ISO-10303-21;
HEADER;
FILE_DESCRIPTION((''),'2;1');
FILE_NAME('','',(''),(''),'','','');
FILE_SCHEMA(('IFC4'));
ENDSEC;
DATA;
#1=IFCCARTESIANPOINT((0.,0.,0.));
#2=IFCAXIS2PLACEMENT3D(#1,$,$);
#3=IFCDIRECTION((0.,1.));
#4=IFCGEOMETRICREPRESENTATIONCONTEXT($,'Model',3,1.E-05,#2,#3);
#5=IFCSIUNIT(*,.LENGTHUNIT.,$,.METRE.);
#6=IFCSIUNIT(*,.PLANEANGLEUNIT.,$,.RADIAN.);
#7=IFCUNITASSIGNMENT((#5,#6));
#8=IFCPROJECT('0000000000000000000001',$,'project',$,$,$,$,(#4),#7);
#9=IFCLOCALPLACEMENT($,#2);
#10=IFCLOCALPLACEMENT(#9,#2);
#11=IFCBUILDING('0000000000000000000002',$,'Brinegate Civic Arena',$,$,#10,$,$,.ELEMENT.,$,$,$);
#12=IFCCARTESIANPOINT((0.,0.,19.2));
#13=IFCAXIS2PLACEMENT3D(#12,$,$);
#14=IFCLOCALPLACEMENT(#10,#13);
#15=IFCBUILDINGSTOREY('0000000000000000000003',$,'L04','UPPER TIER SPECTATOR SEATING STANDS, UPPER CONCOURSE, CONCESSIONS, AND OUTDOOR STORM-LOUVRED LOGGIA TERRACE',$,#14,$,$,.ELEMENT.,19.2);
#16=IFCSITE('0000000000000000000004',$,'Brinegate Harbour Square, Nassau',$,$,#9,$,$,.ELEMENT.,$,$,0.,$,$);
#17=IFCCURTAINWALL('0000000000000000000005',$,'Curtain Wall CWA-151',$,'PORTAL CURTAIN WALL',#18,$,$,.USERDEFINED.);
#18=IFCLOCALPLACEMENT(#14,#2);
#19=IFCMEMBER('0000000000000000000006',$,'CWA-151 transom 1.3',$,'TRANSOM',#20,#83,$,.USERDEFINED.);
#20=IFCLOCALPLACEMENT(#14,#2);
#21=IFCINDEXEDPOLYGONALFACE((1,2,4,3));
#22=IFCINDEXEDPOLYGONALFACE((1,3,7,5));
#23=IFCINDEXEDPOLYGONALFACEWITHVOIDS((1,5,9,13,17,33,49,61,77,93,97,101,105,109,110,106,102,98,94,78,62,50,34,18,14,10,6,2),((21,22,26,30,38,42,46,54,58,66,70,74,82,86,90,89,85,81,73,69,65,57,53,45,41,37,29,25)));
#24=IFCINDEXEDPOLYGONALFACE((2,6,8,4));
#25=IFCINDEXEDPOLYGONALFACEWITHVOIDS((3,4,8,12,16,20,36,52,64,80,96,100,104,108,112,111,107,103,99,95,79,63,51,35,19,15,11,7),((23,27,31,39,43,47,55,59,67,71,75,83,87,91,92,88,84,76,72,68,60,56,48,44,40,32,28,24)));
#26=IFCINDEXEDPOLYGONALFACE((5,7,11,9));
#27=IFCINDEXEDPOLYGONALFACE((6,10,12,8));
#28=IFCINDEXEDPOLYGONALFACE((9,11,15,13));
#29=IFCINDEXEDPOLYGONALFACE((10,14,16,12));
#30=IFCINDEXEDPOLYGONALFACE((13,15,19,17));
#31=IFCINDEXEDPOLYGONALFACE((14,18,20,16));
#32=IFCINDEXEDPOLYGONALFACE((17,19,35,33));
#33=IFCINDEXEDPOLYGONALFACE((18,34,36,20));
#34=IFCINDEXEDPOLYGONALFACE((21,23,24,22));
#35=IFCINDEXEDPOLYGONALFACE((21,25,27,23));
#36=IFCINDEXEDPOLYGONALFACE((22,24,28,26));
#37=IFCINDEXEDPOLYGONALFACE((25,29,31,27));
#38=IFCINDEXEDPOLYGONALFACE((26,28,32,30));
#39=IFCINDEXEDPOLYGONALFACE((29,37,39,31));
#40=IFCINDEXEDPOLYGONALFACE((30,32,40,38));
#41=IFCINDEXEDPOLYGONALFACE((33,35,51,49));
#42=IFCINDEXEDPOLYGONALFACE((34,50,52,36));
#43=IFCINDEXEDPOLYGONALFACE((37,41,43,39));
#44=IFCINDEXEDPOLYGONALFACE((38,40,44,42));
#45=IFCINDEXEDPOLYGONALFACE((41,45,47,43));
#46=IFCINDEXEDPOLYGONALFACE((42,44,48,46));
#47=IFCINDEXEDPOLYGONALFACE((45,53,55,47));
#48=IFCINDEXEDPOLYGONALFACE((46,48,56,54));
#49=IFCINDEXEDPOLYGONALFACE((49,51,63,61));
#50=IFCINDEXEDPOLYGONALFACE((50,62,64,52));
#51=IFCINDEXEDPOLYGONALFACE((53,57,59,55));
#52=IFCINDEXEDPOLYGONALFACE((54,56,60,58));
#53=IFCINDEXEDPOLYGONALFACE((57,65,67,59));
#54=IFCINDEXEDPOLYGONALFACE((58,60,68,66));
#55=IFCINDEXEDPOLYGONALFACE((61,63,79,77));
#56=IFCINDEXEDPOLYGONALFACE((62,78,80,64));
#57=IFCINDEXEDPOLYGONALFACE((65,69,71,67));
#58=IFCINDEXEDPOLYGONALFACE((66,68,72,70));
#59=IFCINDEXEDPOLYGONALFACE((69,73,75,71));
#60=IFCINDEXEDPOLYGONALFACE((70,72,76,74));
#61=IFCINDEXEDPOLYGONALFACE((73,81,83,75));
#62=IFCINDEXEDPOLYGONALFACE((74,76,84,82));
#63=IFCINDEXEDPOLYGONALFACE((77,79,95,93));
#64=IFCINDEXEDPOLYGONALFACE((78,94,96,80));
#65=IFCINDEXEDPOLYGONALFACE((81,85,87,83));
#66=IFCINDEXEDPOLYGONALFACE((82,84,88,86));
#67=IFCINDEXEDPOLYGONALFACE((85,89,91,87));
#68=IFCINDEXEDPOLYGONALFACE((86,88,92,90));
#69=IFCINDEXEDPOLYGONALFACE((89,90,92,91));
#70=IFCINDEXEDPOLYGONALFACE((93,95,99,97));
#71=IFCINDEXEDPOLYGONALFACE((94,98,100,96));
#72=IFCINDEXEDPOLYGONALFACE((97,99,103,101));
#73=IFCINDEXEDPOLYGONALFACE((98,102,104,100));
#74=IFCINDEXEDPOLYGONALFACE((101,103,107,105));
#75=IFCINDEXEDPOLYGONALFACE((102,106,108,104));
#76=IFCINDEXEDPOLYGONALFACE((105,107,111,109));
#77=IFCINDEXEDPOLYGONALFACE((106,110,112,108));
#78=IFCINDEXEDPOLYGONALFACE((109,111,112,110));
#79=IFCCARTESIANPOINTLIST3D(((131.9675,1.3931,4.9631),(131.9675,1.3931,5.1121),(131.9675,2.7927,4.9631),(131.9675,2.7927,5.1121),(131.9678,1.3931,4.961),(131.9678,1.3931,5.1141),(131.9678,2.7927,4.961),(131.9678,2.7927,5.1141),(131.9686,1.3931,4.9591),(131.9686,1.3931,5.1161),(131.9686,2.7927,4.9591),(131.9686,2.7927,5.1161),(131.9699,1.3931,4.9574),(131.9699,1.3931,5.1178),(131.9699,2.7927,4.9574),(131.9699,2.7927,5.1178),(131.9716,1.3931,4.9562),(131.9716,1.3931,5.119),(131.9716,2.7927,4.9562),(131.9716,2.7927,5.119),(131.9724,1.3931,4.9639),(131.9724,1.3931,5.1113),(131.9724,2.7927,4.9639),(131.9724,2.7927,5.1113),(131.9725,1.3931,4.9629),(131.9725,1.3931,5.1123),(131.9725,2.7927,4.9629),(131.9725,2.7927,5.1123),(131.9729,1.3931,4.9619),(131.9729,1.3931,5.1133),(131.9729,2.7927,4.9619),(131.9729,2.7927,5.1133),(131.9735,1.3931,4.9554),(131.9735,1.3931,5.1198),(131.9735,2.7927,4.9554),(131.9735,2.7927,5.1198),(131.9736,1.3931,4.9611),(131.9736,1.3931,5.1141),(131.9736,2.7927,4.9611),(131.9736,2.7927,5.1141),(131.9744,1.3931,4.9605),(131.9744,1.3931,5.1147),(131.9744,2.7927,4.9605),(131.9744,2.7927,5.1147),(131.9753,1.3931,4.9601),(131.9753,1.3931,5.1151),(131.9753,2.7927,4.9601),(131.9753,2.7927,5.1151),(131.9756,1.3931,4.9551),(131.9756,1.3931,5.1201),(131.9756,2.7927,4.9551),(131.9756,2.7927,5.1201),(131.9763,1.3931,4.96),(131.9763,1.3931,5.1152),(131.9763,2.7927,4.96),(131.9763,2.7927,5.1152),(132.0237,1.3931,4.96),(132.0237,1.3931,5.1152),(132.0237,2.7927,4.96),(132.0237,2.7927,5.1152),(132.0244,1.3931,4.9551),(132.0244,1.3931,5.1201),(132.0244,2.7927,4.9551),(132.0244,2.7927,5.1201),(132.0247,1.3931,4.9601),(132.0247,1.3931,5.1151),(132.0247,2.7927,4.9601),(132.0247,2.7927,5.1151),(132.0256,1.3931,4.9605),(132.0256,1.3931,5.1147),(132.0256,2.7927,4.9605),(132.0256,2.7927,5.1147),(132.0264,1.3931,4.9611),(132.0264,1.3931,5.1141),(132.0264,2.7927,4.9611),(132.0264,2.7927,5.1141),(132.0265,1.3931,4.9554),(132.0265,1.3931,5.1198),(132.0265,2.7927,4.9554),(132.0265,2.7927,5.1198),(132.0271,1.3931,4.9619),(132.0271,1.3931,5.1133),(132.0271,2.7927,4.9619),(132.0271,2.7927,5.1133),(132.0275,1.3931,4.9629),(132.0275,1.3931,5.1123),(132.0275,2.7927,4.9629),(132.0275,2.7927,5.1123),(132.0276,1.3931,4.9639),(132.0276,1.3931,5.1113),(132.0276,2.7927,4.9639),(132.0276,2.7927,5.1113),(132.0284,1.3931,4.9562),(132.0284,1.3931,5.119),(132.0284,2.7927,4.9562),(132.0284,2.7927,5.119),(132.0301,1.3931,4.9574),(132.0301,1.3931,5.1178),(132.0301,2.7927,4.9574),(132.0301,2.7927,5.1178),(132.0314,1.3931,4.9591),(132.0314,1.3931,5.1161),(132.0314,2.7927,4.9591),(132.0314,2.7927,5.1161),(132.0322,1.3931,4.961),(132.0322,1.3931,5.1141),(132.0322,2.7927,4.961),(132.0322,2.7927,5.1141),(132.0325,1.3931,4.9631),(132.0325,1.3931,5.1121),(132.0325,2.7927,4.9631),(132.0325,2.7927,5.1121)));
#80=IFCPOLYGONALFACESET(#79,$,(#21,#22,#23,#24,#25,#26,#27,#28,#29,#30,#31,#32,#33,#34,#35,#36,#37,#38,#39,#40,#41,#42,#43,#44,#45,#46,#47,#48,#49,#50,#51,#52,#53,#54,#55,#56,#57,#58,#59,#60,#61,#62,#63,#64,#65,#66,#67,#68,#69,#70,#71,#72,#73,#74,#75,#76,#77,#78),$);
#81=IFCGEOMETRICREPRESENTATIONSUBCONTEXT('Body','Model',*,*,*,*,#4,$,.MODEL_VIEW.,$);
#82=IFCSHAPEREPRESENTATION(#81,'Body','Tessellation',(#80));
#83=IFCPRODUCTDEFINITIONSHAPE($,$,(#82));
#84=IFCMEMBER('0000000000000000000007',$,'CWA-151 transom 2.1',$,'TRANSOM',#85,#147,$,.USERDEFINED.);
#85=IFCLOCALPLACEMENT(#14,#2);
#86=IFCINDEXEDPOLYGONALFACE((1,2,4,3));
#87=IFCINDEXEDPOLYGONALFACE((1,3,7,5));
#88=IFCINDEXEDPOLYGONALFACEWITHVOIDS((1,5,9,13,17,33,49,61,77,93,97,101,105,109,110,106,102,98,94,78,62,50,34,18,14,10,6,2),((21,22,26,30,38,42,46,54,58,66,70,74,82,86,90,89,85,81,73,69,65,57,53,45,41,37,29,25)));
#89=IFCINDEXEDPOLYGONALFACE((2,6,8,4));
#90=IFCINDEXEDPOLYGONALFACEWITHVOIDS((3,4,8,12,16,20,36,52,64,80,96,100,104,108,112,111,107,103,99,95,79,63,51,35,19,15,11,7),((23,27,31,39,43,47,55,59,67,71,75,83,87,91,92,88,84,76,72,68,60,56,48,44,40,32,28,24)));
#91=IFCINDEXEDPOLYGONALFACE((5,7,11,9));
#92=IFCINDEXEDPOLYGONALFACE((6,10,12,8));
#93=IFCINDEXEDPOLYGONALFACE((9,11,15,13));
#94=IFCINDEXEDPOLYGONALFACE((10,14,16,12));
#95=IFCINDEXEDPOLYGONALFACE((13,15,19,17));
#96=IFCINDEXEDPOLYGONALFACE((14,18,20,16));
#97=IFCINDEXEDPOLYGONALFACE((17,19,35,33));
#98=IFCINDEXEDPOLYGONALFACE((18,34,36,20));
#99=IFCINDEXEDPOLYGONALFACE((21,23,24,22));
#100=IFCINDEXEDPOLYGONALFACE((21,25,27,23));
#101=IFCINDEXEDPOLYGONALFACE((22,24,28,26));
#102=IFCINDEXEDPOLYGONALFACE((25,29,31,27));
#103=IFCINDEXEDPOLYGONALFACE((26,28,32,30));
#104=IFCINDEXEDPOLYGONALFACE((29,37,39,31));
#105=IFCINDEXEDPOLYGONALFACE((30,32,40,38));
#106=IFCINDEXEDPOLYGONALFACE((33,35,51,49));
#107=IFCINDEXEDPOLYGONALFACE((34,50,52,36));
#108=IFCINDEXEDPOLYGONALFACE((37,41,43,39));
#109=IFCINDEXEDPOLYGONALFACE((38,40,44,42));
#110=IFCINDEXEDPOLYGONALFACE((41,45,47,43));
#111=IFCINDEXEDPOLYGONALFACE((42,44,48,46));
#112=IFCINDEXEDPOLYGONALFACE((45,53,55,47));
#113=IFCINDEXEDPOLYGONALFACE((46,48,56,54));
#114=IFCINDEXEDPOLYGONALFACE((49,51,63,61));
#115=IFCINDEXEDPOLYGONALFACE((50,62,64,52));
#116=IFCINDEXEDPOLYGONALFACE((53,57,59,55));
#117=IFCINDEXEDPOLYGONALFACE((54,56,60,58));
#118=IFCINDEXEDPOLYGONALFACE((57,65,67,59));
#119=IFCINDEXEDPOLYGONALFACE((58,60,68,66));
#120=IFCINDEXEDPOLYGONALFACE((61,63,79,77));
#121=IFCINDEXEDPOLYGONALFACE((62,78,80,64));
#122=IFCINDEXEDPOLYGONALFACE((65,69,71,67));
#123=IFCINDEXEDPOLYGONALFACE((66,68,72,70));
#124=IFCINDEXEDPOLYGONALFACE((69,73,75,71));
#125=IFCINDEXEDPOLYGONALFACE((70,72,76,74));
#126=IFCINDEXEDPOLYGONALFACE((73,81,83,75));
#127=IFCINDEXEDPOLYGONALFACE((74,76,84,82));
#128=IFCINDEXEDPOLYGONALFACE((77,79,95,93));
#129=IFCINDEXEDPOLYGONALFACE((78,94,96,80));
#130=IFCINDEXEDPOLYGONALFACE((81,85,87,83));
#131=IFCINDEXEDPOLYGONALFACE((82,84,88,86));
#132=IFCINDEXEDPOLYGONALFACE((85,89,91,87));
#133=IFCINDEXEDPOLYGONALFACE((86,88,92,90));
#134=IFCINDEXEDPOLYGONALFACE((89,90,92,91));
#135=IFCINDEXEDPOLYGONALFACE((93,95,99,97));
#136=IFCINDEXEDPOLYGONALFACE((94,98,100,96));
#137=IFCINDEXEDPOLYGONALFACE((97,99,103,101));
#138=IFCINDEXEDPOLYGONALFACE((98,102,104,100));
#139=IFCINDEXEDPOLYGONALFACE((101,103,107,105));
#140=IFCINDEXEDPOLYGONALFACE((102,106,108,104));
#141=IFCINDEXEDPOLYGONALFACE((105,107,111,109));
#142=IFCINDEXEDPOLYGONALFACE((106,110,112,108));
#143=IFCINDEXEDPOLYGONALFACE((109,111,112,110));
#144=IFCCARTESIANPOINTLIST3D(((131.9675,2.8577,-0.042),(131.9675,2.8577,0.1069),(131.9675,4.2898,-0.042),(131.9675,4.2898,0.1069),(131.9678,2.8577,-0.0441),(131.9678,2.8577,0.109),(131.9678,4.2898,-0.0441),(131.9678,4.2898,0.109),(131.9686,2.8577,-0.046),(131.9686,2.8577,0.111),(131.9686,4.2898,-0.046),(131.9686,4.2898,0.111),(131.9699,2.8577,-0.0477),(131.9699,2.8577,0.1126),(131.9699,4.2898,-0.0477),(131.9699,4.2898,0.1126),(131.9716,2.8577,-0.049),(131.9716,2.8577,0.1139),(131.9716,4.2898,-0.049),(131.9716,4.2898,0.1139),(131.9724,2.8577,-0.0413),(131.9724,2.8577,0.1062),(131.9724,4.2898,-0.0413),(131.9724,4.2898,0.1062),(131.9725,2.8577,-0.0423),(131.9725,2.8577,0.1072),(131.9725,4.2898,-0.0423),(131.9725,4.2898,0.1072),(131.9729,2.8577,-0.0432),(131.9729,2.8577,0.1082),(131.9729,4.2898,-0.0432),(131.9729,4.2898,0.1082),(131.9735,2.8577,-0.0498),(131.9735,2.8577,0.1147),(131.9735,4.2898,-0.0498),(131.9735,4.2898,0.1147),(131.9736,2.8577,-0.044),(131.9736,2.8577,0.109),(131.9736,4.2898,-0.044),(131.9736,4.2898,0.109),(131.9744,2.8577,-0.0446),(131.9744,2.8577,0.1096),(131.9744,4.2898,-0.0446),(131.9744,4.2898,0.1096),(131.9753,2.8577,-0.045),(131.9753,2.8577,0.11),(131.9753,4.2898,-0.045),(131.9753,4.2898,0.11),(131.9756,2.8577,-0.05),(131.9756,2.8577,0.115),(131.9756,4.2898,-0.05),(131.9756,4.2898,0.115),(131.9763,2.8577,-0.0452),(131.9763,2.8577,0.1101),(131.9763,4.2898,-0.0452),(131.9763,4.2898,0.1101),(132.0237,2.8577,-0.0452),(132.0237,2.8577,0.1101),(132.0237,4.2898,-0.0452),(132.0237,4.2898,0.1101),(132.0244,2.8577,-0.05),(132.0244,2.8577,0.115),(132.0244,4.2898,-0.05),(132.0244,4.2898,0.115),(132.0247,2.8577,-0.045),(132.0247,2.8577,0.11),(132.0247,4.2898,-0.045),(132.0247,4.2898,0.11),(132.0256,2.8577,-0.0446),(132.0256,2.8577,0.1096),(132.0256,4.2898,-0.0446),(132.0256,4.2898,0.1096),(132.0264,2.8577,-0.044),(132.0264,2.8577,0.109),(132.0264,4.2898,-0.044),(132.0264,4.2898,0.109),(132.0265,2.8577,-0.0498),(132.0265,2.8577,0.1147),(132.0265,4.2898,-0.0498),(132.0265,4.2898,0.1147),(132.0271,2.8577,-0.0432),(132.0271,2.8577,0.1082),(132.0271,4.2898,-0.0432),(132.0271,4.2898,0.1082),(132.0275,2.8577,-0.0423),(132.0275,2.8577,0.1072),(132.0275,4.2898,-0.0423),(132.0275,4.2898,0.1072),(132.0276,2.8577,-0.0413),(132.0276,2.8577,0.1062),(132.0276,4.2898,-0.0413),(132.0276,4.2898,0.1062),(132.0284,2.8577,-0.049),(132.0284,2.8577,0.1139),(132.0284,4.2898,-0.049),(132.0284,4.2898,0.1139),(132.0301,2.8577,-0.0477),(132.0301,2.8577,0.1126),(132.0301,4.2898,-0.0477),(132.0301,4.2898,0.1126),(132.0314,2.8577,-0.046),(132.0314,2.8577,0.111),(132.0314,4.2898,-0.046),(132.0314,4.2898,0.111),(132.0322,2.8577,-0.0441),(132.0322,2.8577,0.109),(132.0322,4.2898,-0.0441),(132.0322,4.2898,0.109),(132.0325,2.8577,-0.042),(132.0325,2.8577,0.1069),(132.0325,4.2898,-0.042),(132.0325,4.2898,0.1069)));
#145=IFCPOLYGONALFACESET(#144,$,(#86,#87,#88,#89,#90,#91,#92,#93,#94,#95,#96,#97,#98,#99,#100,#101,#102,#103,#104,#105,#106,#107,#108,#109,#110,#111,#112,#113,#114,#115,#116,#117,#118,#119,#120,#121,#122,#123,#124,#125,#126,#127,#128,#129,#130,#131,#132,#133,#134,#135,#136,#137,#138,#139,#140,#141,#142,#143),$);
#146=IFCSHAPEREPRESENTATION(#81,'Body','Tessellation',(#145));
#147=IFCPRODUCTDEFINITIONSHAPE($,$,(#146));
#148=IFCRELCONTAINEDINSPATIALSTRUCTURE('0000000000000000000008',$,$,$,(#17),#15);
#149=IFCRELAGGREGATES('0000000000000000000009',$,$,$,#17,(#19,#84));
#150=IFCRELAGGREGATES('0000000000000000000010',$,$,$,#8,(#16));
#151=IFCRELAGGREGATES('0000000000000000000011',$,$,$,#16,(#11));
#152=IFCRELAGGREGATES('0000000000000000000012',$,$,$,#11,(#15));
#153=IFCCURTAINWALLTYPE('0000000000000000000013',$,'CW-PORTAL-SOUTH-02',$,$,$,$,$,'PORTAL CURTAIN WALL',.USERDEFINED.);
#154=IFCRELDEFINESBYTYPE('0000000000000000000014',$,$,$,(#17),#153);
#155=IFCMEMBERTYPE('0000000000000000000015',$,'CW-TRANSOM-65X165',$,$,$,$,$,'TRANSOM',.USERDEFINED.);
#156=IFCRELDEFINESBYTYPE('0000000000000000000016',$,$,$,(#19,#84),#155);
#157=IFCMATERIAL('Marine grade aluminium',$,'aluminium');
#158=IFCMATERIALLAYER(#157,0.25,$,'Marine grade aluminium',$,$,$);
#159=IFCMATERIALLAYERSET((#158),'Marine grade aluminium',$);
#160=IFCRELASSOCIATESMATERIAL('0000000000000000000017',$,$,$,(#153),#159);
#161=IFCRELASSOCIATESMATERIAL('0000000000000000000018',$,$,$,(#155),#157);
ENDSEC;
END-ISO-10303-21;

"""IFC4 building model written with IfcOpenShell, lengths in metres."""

from ifc_helpers import new_model, si_unit, direction, frame, origin, origin_2d, place, context, subcontext, project, spatial, hollow_rectangle, extrude, material, layer, layer_set, material_profile, profile_set, type_object, element, aggregate, save


model = new_model("IFC4")

# Units and contexts
model_context = context("Model", 3, precision=1e-05, world=origin(), true_north=direction((0.0, 1.0)))
body_context = subcontext(model_context, "Body", "Model", "MODEL_VIEW")
ifc_project = project(units=[si_unit("LENGTHUNIT", "METRE"), si_unit("PLANEANGLEUNIT", "RADIAN")], contexts=[model_context])

# Site, building, storey
site_placement = place(None, origin())
site = spatial("IfcSite", under=ifc_project, at=site_placement, Name="Brinegate Harbour Square, Nassau", CompositionType="ELEMENT", RefElevation=0.0)
building_placement = place(site_placement, origin())
building = spatial("IfcBuilding", under=site, at=building_placement, Name="Brinegate Civic Arena", CompositionType="ELEMENT")
storey_placement = place(building_placement, frame((0.0, 0.0, 19.2)))
storey = spatial("IfcBuildingStorey", under=building, at=storey_placement, Name="L04", Description="UPPER TIER SPECTATOR SEATING STANDS, UPPER CONCOURSE, CONCESSIONS, AND OUTDOOR STORM-LOUVRED LOGGIA TERRACE", CompositionType="ELEMENT", Elevation=19.2)

# Curtain wall, members
ifc_material_1 = material(Name="Marine grade aluminium", Category="aluminium")
ifc_layer_1 = layer(ifc_material_1, 0.25, Name="Marine grade aluminium")
ifc_layer_set_1 = layer_set([ifc_layer_1], Name="Marine grade aluminium")
curtain_wall_type = type_object("IfcCurtainWallType", Name="CW-PORTAL-SOUTH-02", ElementType="PORTAL CURTAIN WALL", PredefinedType="USERDEFINED", material=ifc_layer_set_1)
curtain_wall_placement = place(storey_placement, origin())
curtain_wall = element("IfcCurtainWall", 1, at=curtain_wall_placement, inside=storey, type_object=curtain_wall_type, Name="Curtain Wall CWA-151", ObjectType="PORTAL CURTAIN WALL", PredefinedType="USERDEFINED")
ifc_material_profile_1 = material_profile(ifc_material_1, hollow_rectangle(XDim=0.0649, YDim=0.165, WallThickness=0.0049, InnerFilletRadius=0.0039, OuterFilletRadius=0.0081, at=origin_2d()), Name="TRN65X165")
ifc_profile_set_1 = profile_set([ifc_material_profile_1], Name="Marine grade aluminium")
member_type_1 = type_object("IfcMemberType", Name="CW-TRANSOM-65X165", ElementType="TRANSOM", PredefinedType="USERDEFINED", material=ifc_profile_set_1)
member_1_placement = place(storey_placement, frame((132.0, 1.3931, 5.0376), z_axis=(0.0, 1.0, 0.0), x_axis=(-1.0, 0.0, 0.0)))
member_1 = element("IfcMember", 2, at=member_1_placement, type_object=member_type_1, Name="CWA-151 transom 1.3", ObjectType="TRANSOM", PredefinedType="USERDEFINED", context=body_context, shape_type="SweptSolid", body=[
    extrude(hollow_rectangle(XDim=0.0649, YDim=0.165, WallThickness=0.0049, InnerFilletRadius=0.0039, OuterFilletRadius=0.0081, at=origin_2d()), origin(), (0.0, 0.0, 1.0), 1.3997),
])
member_2_placement = place(storey_placement, frame((132.0, 2.8577, 0.0325), z_axis=(0.0, 1.0, 0.0), x_axis=(-1.0, 0.0, 0.0)))
member_2 = element("IfcMember", 3, at=member_2_placement, type_object=member_type_1, Name="CWA-151 transom 2.1", ObjectType="TRANSOM", PredefinedType="USERDEFINED", context=body_context, shape_type="SweptSolid", body=[
    extrude(hollow_rectangle(XDim=0.0649, YDim=0.165, WallThickness=0.0049, InnerFilletRadius=0.0039, OuterFilletRadius=0.0081, at=origin_2d()), origin(), (0.0, 0.0, 1.0), 1.4321),
])
aggregate(curtain_wall, [member_1, member_2])

save(model, "model.ifc")
